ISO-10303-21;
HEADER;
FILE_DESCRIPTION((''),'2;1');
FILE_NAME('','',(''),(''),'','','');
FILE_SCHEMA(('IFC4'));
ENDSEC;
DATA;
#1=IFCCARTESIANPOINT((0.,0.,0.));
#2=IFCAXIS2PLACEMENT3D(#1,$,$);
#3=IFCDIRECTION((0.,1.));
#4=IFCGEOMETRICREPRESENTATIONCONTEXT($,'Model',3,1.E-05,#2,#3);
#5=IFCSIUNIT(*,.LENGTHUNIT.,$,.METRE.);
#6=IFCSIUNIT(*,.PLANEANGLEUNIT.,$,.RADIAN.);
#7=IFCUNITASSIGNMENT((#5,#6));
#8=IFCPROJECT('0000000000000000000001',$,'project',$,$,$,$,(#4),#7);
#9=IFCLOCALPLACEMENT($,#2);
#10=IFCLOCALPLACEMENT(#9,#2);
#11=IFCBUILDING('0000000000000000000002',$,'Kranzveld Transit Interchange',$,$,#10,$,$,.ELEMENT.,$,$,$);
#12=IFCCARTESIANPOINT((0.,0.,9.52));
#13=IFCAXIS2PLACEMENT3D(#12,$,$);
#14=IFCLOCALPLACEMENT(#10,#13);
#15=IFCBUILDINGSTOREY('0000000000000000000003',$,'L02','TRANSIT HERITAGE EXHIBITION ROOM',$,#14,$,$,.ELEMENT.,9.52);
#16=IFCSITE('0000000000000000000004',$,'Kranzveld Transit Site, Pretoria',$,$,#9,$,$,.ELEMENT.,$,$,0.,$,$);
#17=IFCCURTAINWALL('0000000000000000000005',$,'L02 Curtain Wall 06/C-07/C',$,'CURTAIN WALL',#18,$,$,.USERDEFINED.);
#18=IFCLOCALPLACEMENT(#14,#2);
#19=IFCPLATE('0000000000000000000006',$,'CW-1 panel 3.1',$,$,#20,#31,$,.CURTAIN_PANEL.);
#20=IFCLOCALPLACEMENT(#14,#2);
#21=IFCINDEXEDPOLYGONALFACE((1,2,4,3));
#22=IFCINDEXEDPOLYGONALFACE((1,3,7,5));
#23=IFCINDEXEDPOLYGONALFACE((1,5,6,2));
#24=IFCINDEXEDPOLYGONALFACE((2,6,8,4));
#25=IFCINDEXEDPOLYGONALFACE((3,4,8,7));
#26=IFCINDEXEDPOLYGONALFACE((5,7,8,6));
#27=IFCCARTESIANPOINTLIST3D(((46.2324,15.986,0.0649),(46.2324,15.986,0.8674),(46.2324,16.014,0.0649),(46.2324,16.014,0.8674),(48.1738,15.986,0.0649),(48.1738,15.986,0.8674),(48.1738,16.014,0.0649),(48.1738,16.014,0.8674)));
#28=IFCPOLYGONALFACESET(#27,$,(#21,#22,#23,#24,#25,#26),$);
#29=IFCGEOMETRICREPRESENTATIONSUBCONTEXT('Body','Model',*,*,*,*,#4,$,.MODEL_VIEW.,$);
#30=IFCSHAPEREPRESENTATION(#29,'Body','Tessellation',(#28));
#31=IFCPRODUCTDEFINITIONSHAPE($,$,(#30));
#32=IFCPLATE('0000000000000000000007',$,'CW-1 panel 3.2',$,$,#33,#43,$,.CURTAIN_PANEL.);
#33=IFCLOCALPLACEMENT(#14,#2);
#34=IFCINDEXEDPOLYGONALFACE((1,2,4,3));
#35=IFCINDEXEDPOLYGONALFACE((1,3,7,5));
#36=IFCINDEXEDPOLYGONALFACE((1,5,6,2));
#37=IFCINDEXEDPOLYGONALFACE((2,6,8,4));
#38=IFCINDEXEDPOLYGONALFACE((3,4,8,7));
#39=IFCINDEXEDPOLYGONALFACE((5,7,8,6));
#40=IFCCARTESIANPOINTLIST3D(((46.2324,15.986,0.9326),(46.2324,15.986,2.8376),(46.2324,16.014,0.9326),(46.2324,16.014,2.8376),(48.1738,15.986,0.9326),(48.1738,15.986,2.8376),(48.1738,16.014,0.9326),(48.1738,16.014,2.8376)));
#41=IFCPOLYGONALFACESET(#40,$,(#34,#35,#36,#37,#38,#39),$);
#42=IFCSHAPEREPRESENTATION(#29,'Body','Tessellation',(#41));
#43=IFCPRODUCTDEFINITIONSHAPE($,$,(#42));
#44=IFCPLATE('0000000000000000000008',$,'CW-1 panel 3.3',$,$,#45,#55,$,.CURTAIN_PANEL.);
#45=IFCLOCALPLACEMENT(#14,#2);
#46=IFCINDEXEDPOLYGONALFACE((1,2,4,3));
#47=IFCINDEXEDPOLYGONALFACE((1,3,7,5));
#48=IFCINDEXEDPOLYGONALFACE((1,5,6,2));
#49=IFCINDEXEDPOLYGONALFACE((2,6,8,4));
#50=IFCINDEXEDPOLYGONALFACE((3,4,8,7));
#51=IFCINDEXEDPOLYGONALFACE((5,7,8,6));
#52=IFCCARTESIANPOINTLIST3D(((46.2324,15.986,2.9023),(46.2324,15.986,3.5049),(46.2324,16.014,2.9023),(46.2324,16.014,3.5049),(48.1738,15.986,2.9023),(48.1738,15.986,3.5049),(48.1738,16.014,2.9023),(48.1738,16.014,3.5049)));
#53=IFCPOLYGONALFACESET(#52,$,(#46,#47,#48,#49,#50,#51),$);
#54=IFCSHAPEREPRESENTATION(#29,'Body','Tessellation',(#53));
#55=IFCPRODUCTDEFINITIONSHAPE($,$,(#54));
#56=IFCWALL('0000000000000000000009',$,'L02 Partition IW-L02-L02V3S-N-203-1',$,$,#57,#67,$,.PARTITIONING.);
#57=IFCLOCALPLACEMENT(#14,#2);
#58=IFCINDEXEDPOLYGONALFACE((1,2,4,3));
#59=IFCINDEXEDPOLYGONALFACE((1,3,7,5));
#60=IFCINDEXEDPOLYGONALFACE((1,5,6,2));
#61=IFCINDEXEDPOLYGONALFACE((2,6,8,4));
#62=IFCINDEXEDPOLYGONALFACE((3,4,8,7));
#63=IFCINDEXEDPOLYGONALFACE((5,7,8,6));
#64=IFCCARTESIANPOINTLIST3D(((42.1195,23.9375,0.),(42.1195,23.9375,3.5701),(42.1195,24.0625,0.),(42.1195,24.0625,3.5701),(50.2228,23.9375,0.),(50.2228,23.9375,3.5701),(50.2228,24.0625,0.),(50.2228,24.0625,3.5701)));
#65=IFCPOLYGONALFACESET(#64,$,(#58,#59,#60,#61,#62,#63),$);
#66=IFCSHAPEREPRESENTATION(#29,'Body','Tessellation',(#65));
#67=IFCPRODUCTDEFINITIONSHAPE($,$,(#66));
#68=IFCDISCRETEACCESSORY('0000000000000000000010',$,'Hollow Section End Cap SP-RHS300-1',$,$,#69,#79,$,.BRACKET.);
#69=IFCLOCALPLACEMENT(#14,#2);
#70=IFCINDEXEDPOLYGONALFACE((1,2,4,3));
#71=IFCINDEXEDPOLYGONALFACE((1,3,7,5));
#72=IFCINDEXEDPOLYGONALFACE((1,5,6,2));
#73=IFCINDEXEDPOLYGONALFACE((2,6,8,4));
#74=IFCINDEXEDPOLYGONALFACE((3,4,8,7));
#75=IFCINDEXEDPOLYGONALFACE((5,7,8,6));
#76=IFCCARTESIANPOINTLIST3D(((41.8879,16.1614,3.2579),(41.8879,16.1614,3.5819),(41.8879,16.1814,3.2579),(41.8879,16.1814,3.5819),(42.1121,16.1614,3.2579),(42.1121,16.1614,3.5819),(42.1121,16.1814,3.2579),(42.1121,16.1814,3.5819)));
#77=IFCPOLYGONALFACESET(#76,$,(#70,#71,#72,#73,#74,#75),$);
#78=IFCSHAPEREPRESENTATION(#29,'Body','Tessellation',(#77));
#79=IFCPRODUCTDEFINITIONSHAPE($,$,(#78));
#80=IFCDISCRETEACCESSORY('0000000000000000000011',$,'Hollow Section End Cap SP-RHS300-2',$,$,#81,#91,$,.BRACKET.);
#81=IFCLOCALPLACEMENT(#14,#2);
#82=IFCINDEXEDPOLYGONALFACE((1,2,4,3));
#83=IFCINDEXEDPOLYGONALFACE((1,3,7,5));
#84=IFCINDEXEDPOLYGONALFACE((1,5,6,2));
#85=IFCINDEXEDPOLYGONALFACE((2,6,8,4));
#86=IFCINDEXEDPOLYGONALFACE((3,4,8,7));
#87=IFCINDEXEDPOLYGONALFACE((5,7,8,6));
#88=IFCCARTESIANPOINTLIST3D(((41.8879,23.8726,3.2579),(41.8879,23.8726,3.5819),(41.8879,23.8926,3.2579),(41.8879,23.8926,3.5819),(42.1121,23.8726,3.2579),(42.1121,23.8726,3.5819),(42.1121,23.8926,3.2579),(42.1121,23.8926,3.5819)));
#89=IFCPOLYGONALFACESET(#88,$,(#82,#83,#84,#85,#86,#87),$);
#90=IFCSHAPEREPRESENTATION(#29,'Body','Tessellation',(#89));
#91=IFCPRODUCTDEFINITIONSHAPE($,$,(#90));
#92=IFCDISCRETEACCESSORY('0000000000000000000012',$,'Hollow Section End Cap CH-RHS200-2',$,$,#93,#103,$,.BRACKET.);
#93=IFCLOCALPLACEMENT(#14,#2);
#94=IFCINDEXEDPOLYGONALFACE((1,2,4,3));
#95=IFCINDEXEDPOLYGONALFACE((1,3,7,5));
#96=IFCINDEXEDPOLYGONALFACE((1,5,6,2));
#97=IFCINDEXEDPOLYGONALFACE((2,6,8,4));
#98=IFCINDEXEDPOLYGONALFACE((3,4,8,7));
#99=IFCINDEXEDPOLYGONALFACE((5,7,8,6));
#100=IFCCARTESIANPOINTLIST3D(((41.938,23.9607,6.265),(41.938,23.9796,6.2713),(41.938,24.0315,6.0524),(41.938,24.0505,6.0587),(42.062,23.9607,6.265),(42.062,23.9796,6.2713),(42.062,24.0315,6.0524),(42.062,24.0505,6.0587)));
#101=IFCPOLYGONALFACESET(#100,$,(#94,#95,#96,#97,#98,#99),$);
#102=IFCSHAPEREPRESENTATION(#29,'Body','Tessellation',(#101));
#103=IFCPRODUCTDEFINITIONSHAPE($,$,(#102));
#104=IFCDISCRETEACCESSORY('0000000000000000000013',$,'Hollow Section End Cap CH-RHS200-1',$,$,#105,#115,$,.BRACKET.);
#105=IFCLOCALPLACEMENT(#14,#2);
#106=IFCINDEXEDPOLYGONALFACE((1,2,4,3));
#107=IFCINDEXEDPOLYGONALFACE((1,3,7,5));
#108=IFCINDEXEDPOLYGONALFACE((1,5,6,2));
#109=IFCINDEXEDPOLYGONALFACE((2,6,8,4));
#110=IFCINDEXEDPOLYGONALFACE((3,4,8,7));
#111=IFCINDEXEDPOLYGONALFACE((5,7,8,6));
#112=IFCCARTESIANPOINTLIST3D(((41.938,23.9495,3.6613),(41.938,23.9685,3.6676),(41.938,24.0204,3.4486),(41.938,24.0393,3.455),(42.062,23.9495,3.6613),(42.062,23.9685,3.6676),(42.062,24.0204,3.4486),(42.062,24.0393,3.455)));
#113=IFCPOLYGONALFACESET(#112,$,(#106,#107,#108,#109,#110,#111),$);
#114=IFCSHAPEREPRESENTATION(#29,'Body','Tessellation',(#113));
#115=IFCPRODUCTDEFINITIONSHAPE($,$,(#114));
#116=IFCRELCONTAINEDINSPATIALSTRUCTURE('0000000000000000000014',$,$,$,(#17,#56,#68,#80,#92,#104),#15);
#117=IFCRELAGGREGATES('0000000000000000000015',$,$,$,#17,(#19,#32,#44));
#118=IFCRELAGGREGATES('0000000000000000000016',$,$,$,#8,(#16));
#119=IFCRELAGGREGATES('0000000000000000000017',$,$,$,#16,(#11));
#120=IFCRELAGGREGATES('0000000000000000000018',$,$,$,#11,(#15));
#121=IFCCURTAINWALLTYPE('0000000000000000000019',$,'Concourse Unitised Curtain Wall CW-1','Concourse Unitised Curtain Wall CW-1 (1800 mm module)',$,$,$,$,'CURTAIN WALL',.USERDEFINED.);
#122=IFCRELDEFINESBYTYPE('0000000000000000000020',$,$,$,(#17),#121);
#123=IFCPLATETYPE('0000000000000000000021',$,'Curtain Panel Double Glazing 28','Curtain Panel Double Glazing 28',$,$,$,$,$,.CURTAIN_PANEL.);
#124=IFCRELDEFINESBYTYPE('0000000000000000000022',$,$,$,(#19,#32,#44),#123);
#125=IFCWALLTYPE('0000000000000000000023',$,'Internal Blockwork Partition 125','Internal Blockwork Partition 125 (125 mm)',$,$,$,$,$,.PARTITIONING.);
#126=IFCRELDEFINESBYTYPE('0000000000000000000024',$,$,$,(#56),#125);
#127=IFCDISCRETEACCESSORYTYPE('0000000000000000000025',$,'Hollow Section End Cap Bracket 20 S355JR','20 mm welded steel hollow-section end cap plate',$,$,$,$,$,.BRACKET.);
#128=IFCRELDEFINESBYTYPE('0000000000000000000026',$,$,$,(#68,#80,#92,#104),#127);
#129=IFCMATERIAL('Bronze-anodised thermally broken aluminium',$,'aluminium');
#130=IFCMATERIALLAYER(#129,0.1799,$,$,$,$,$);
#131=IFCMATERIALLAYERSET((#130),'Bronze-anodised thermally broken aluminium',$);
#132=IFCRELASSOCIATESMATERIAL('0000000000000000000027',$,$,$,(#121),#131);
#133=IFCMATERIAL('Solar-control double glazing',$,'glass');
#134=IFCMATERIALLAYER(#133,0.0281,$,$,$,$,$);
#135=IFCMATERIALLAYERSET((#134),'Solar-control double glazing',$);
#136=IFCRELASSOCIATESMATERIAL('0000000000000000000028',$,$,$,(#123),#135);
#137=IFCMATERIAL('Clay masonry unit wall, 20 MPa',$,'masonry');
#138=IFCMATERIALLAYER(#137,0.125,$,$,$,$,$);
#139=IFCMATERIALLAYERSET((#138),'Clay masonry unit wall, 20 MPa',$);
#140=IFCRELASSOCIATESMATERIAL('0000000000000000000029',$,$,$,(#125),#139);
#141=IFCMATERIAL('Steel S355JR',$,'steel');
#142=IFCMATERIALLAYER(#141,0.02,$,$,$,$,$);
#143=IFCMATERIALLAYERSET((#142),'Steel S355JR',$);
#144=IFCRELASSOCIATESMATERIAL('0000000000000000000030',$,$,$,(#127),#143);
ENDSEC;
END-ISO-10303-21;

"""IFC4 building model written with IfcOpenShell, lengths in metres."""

from ifc_helpers import new_model, si_unit, direction, frame, frame_2d, origin, origin_2d, place, context, subcontext, project, spatial, rectangle, extrude, material, layer, layer_set, type_object, element, aggregate, save


model = new_model("IFC4")

# Units and contexts
model_context = context("Model", 3, precision=1e-05, world=origin(), true_north=direction((0.0, 1.0)))
body_context = subcontext(model_context, "Body", "Model", "MODEL_VIEW")
ifc_project = project(units=[si_unit("LENGTHUNIT", "METRE"), si_unit("PLANEANGLEUNIT", "RADIAN")], contexts=[model_context])

# Site, building, storey
site_placement = place(None, origin())
site = spatial("IfcSite", under=ifc_project, at=site_placement, Name="Kranzveld Transit Site, Pretoria", CompositionType="ELEMENT", RefElevation=0.0)
building_placement = place(site_placement, origin())
building = spatial("IfcBuilding", under=site, at=building_placement, Name="Kranzveld Transit Interchange", CompositionType="ELEMENT")
storey_placement = place(building_placement, frame((0.0, 0.0, 9.52)))
storey = spatial("IfcBuildingStorey", under=building, at=storey_placement, Name="L02", Description="TRANSIT HERITAGE EXHIBITION ROOM", CompositionType="ELEMENT", Elevation=9.52)

# Curtain wall
ifc_material_1 = material(Name="Bronze-anodised thermally broken aluminium", Category="aluminium")
ifc_layer_1 = layer(ifc_material_1, 0.1799)
ifc_layer_set_1 = layer_set([ifc_layer_1], Name="Bronze-anodised thermally broken aluminium")
curtain_wall_type = type_object("IfcCurtainWallType", Name="Concourse Unitised Curtain Wall CW-1", Description="Concourse Unitised Curtain Wall CW-1 (1800 mm module)", ElementType="CURTAIN WALL", PredefinedType="USERDEFINED", material=ifc_layer_set_1)
curtain_wall_placement = place(storey_placement, origin())
curtain_wall = element("IfcCurtainWall", 1, at=curtain_wall_placement, inside=storey, type_object=curtain_wall_type, Name="L02 Curtain Wall 06/C-07/C", ObjectType="CURTAIN WALL", PredefinedType="USERDEFINED")

# Plates
ifc_material_2 = material(Name="Solar-control double glazing", Category="glass")
ifc_layer_2 = layer(ifc_material_2, 0.0281)
ifc_layer_set_2 = layer_set([ifc_layer_2], Name="Solar-control double glazing")
plate_type = type_object("IfcPlateType", Name="Curtain Panel Double Glazing 28", Description="Curtain Panel Double Glazing 28", PredefinedType="CURTAIN_PANEL", material=ifc_layer_set_2)
plate_1_placement = place(storey_placement, frame((47.2031, 16.0, 0.0649), z_axis=(0.0, 0.0, 1.0), x_axis=(1.0, 0.0, 0.0)))
plate_1 = element("IfcPlate", 2, at=plate_1_placement, type_object=plate_type, Name="CW-1 panel 3.1", PredefinedType="CURTAIN_PANEL", context=body_context, shape_type="SweptSolid", body=[
    extrude(rectangle(XDim=1.9414, YDim=0.0281, at=origin_2d()), origin(), (0.0, 0.0, 1.0), 0.8025),
])
plate_2_placement = place(storey_placement, frame((47.2031, 16.0, 0.9326), z_axis=(0.0, 0.0, 1.0), x_axis=(1.0, 0.0, 0.0)))
plate_2 = element("IfcPlate", 3, at=plate_2_placement, type_object=plate_type, Name="CW-1 panel 3.2", PredefinedType="CURTAIN_PANEL", context=body_context, shape_type="SweptSolid", body=[
    extrude(rectangle(XDim=1.9414, YDim=0.0281, at=origin_2d()), origin(), (0.0, 0.0, 1.0), 1.905),
])
plate_3_placement = place(storey_placement, frame((47.2031, 16.0, 2.9023), z_axis=(0.0, 0.0, 1.0), x_axis=(1.0, 0.0, 0.0)))
plate_3 = element("IfcPlate", 4, at=plate_3_placement, type_object=plate_type, Name="CW-1 panel 3.3", PredefinedType="CURTAIN_PANEL", context=body_context, shape_type="SweptSolid", body=[
    extrude(rectangle(XDim=1.9414, YDim=0.0281, at=origin_2d()), origin(), (0.0, 0.0, 1.0), 0.6025),
])
aggregate(curtain_wall, [plate_1, plate_2, plate_3])

# Wall
ifc_material_3 = material(Name="Clay masonry unit wall, 20 MPa", Category="masonry")
ifc_layer_3 = layer(ifc_material_3, 0.125)
ifc_layer_set_3 = layer_set([ifc_layer_3], Name="Clay masonry unit wall, 20 MPa")
wall_type = type_object("IfcWallType", Name="Internal Blockwork Partition 125", Description="Internal Blockwork Partition 125 (125 mm)", PredefinedType="PARTITIONING", material=ifc_layer_set_3)
wall_placement = place(storey_placement, frame((42.1194, 24.0, 0.0), z_axis=(0.0, 0.0, 1.0), x_axis=(1.0, 0.0, 0.0)))
element("IfcWall", 5, at=wall_placement, inside=storey, type_object=wall_type, Name="L02 Partition IW-L02-L02V3S-N-203-1", PredefinedType="PARTITIONING", context=body_context, shape_type="SweptSolid", body=[
    extrude(rectangle(XDim=8.1033, YDim=0.125, at=frame_2d((4.0518, 0.0))), origin(), (0.0, 0.0, 1.0), 3.5701),
])

# Discrete accessories
ifc_material_4 = material(Name="Steel S355JR", Category="steel")
ifc_layer_4 = layer(ifc_material_4, 0.02)
ifc_layer_set_4 = layer_set([ifc_layer_4], Name="Steel S355JR")
discrete_accessory_type = type_object("IfcDiscreteAccessoryType", Name="Hollow Section End Cap Bracket 20 S355JR", Description="20 mm welded steel hollow-section end cap plate", PredefinedType="BRACKET", material=ifc_layer_set_4)
for number, where, z_axis, x_axis, name in (
    (6, (42.0, 16.1814, 3.4199), (0.0, -1.0, 0.0), (1.0, 0.0, 0.0), "Hollow Section End Cap SP-RHS300-1"),
    (7, (42.0, 23.8726, 3.4199), (0.0, 1.0, 0.0), (-1.0, 0.0, 0.0), "Hollow Section End Cap SP-RHS300-2"),
):
    element("IfcDiscreteAccessory", number, at=place(storey_placement, frame(where, z_axis=z_axis, x_axis=x_axis)), inside=storey, type_object=discrete_accessory_type, Name=name, PredefinedType="BRACKET", context=body_context, shape_type="SweptSolid", body=[
        extrude(rectangle(XDim=0.2241, YDim=0.324, at=origin_2d()), origin(), (0.0, 0.0, 1.0), 0.02),
    ])
for number, where, z_axis, x_axis, name in (
    (8, (42.0, 23.9961, 6.1587), (0.0, 0.948683, 0.316228), (-1.0, 0.0, 0.0), "Hollow Section End Cap CH-RHS200-2"),
    (9, (42.0, 24.0039, 3.5613), (0.0, -0.948683, -0.316228), (1.0, 0.0, 0.0), "Hollow Section End Cap CH-RHS200-1"),
):
    element("IfcDiscreteAccessory", number, at=place(storey_placement, frame(where, z_axis=z_axis, x_axis=x_axis)), inside=storey, type_object=discrete_accessory_type, Name=name, PredefinedType="BRACKET", context=body_context, shape_type="SweptSolid", body=[
        extrude(rectangle(XDim=0.124, YDim=0.2241, at=origin_2d()), origin(), (0.0, 0.0, 1.0), 0.02),
    ])

save(model, "model.ifc")
